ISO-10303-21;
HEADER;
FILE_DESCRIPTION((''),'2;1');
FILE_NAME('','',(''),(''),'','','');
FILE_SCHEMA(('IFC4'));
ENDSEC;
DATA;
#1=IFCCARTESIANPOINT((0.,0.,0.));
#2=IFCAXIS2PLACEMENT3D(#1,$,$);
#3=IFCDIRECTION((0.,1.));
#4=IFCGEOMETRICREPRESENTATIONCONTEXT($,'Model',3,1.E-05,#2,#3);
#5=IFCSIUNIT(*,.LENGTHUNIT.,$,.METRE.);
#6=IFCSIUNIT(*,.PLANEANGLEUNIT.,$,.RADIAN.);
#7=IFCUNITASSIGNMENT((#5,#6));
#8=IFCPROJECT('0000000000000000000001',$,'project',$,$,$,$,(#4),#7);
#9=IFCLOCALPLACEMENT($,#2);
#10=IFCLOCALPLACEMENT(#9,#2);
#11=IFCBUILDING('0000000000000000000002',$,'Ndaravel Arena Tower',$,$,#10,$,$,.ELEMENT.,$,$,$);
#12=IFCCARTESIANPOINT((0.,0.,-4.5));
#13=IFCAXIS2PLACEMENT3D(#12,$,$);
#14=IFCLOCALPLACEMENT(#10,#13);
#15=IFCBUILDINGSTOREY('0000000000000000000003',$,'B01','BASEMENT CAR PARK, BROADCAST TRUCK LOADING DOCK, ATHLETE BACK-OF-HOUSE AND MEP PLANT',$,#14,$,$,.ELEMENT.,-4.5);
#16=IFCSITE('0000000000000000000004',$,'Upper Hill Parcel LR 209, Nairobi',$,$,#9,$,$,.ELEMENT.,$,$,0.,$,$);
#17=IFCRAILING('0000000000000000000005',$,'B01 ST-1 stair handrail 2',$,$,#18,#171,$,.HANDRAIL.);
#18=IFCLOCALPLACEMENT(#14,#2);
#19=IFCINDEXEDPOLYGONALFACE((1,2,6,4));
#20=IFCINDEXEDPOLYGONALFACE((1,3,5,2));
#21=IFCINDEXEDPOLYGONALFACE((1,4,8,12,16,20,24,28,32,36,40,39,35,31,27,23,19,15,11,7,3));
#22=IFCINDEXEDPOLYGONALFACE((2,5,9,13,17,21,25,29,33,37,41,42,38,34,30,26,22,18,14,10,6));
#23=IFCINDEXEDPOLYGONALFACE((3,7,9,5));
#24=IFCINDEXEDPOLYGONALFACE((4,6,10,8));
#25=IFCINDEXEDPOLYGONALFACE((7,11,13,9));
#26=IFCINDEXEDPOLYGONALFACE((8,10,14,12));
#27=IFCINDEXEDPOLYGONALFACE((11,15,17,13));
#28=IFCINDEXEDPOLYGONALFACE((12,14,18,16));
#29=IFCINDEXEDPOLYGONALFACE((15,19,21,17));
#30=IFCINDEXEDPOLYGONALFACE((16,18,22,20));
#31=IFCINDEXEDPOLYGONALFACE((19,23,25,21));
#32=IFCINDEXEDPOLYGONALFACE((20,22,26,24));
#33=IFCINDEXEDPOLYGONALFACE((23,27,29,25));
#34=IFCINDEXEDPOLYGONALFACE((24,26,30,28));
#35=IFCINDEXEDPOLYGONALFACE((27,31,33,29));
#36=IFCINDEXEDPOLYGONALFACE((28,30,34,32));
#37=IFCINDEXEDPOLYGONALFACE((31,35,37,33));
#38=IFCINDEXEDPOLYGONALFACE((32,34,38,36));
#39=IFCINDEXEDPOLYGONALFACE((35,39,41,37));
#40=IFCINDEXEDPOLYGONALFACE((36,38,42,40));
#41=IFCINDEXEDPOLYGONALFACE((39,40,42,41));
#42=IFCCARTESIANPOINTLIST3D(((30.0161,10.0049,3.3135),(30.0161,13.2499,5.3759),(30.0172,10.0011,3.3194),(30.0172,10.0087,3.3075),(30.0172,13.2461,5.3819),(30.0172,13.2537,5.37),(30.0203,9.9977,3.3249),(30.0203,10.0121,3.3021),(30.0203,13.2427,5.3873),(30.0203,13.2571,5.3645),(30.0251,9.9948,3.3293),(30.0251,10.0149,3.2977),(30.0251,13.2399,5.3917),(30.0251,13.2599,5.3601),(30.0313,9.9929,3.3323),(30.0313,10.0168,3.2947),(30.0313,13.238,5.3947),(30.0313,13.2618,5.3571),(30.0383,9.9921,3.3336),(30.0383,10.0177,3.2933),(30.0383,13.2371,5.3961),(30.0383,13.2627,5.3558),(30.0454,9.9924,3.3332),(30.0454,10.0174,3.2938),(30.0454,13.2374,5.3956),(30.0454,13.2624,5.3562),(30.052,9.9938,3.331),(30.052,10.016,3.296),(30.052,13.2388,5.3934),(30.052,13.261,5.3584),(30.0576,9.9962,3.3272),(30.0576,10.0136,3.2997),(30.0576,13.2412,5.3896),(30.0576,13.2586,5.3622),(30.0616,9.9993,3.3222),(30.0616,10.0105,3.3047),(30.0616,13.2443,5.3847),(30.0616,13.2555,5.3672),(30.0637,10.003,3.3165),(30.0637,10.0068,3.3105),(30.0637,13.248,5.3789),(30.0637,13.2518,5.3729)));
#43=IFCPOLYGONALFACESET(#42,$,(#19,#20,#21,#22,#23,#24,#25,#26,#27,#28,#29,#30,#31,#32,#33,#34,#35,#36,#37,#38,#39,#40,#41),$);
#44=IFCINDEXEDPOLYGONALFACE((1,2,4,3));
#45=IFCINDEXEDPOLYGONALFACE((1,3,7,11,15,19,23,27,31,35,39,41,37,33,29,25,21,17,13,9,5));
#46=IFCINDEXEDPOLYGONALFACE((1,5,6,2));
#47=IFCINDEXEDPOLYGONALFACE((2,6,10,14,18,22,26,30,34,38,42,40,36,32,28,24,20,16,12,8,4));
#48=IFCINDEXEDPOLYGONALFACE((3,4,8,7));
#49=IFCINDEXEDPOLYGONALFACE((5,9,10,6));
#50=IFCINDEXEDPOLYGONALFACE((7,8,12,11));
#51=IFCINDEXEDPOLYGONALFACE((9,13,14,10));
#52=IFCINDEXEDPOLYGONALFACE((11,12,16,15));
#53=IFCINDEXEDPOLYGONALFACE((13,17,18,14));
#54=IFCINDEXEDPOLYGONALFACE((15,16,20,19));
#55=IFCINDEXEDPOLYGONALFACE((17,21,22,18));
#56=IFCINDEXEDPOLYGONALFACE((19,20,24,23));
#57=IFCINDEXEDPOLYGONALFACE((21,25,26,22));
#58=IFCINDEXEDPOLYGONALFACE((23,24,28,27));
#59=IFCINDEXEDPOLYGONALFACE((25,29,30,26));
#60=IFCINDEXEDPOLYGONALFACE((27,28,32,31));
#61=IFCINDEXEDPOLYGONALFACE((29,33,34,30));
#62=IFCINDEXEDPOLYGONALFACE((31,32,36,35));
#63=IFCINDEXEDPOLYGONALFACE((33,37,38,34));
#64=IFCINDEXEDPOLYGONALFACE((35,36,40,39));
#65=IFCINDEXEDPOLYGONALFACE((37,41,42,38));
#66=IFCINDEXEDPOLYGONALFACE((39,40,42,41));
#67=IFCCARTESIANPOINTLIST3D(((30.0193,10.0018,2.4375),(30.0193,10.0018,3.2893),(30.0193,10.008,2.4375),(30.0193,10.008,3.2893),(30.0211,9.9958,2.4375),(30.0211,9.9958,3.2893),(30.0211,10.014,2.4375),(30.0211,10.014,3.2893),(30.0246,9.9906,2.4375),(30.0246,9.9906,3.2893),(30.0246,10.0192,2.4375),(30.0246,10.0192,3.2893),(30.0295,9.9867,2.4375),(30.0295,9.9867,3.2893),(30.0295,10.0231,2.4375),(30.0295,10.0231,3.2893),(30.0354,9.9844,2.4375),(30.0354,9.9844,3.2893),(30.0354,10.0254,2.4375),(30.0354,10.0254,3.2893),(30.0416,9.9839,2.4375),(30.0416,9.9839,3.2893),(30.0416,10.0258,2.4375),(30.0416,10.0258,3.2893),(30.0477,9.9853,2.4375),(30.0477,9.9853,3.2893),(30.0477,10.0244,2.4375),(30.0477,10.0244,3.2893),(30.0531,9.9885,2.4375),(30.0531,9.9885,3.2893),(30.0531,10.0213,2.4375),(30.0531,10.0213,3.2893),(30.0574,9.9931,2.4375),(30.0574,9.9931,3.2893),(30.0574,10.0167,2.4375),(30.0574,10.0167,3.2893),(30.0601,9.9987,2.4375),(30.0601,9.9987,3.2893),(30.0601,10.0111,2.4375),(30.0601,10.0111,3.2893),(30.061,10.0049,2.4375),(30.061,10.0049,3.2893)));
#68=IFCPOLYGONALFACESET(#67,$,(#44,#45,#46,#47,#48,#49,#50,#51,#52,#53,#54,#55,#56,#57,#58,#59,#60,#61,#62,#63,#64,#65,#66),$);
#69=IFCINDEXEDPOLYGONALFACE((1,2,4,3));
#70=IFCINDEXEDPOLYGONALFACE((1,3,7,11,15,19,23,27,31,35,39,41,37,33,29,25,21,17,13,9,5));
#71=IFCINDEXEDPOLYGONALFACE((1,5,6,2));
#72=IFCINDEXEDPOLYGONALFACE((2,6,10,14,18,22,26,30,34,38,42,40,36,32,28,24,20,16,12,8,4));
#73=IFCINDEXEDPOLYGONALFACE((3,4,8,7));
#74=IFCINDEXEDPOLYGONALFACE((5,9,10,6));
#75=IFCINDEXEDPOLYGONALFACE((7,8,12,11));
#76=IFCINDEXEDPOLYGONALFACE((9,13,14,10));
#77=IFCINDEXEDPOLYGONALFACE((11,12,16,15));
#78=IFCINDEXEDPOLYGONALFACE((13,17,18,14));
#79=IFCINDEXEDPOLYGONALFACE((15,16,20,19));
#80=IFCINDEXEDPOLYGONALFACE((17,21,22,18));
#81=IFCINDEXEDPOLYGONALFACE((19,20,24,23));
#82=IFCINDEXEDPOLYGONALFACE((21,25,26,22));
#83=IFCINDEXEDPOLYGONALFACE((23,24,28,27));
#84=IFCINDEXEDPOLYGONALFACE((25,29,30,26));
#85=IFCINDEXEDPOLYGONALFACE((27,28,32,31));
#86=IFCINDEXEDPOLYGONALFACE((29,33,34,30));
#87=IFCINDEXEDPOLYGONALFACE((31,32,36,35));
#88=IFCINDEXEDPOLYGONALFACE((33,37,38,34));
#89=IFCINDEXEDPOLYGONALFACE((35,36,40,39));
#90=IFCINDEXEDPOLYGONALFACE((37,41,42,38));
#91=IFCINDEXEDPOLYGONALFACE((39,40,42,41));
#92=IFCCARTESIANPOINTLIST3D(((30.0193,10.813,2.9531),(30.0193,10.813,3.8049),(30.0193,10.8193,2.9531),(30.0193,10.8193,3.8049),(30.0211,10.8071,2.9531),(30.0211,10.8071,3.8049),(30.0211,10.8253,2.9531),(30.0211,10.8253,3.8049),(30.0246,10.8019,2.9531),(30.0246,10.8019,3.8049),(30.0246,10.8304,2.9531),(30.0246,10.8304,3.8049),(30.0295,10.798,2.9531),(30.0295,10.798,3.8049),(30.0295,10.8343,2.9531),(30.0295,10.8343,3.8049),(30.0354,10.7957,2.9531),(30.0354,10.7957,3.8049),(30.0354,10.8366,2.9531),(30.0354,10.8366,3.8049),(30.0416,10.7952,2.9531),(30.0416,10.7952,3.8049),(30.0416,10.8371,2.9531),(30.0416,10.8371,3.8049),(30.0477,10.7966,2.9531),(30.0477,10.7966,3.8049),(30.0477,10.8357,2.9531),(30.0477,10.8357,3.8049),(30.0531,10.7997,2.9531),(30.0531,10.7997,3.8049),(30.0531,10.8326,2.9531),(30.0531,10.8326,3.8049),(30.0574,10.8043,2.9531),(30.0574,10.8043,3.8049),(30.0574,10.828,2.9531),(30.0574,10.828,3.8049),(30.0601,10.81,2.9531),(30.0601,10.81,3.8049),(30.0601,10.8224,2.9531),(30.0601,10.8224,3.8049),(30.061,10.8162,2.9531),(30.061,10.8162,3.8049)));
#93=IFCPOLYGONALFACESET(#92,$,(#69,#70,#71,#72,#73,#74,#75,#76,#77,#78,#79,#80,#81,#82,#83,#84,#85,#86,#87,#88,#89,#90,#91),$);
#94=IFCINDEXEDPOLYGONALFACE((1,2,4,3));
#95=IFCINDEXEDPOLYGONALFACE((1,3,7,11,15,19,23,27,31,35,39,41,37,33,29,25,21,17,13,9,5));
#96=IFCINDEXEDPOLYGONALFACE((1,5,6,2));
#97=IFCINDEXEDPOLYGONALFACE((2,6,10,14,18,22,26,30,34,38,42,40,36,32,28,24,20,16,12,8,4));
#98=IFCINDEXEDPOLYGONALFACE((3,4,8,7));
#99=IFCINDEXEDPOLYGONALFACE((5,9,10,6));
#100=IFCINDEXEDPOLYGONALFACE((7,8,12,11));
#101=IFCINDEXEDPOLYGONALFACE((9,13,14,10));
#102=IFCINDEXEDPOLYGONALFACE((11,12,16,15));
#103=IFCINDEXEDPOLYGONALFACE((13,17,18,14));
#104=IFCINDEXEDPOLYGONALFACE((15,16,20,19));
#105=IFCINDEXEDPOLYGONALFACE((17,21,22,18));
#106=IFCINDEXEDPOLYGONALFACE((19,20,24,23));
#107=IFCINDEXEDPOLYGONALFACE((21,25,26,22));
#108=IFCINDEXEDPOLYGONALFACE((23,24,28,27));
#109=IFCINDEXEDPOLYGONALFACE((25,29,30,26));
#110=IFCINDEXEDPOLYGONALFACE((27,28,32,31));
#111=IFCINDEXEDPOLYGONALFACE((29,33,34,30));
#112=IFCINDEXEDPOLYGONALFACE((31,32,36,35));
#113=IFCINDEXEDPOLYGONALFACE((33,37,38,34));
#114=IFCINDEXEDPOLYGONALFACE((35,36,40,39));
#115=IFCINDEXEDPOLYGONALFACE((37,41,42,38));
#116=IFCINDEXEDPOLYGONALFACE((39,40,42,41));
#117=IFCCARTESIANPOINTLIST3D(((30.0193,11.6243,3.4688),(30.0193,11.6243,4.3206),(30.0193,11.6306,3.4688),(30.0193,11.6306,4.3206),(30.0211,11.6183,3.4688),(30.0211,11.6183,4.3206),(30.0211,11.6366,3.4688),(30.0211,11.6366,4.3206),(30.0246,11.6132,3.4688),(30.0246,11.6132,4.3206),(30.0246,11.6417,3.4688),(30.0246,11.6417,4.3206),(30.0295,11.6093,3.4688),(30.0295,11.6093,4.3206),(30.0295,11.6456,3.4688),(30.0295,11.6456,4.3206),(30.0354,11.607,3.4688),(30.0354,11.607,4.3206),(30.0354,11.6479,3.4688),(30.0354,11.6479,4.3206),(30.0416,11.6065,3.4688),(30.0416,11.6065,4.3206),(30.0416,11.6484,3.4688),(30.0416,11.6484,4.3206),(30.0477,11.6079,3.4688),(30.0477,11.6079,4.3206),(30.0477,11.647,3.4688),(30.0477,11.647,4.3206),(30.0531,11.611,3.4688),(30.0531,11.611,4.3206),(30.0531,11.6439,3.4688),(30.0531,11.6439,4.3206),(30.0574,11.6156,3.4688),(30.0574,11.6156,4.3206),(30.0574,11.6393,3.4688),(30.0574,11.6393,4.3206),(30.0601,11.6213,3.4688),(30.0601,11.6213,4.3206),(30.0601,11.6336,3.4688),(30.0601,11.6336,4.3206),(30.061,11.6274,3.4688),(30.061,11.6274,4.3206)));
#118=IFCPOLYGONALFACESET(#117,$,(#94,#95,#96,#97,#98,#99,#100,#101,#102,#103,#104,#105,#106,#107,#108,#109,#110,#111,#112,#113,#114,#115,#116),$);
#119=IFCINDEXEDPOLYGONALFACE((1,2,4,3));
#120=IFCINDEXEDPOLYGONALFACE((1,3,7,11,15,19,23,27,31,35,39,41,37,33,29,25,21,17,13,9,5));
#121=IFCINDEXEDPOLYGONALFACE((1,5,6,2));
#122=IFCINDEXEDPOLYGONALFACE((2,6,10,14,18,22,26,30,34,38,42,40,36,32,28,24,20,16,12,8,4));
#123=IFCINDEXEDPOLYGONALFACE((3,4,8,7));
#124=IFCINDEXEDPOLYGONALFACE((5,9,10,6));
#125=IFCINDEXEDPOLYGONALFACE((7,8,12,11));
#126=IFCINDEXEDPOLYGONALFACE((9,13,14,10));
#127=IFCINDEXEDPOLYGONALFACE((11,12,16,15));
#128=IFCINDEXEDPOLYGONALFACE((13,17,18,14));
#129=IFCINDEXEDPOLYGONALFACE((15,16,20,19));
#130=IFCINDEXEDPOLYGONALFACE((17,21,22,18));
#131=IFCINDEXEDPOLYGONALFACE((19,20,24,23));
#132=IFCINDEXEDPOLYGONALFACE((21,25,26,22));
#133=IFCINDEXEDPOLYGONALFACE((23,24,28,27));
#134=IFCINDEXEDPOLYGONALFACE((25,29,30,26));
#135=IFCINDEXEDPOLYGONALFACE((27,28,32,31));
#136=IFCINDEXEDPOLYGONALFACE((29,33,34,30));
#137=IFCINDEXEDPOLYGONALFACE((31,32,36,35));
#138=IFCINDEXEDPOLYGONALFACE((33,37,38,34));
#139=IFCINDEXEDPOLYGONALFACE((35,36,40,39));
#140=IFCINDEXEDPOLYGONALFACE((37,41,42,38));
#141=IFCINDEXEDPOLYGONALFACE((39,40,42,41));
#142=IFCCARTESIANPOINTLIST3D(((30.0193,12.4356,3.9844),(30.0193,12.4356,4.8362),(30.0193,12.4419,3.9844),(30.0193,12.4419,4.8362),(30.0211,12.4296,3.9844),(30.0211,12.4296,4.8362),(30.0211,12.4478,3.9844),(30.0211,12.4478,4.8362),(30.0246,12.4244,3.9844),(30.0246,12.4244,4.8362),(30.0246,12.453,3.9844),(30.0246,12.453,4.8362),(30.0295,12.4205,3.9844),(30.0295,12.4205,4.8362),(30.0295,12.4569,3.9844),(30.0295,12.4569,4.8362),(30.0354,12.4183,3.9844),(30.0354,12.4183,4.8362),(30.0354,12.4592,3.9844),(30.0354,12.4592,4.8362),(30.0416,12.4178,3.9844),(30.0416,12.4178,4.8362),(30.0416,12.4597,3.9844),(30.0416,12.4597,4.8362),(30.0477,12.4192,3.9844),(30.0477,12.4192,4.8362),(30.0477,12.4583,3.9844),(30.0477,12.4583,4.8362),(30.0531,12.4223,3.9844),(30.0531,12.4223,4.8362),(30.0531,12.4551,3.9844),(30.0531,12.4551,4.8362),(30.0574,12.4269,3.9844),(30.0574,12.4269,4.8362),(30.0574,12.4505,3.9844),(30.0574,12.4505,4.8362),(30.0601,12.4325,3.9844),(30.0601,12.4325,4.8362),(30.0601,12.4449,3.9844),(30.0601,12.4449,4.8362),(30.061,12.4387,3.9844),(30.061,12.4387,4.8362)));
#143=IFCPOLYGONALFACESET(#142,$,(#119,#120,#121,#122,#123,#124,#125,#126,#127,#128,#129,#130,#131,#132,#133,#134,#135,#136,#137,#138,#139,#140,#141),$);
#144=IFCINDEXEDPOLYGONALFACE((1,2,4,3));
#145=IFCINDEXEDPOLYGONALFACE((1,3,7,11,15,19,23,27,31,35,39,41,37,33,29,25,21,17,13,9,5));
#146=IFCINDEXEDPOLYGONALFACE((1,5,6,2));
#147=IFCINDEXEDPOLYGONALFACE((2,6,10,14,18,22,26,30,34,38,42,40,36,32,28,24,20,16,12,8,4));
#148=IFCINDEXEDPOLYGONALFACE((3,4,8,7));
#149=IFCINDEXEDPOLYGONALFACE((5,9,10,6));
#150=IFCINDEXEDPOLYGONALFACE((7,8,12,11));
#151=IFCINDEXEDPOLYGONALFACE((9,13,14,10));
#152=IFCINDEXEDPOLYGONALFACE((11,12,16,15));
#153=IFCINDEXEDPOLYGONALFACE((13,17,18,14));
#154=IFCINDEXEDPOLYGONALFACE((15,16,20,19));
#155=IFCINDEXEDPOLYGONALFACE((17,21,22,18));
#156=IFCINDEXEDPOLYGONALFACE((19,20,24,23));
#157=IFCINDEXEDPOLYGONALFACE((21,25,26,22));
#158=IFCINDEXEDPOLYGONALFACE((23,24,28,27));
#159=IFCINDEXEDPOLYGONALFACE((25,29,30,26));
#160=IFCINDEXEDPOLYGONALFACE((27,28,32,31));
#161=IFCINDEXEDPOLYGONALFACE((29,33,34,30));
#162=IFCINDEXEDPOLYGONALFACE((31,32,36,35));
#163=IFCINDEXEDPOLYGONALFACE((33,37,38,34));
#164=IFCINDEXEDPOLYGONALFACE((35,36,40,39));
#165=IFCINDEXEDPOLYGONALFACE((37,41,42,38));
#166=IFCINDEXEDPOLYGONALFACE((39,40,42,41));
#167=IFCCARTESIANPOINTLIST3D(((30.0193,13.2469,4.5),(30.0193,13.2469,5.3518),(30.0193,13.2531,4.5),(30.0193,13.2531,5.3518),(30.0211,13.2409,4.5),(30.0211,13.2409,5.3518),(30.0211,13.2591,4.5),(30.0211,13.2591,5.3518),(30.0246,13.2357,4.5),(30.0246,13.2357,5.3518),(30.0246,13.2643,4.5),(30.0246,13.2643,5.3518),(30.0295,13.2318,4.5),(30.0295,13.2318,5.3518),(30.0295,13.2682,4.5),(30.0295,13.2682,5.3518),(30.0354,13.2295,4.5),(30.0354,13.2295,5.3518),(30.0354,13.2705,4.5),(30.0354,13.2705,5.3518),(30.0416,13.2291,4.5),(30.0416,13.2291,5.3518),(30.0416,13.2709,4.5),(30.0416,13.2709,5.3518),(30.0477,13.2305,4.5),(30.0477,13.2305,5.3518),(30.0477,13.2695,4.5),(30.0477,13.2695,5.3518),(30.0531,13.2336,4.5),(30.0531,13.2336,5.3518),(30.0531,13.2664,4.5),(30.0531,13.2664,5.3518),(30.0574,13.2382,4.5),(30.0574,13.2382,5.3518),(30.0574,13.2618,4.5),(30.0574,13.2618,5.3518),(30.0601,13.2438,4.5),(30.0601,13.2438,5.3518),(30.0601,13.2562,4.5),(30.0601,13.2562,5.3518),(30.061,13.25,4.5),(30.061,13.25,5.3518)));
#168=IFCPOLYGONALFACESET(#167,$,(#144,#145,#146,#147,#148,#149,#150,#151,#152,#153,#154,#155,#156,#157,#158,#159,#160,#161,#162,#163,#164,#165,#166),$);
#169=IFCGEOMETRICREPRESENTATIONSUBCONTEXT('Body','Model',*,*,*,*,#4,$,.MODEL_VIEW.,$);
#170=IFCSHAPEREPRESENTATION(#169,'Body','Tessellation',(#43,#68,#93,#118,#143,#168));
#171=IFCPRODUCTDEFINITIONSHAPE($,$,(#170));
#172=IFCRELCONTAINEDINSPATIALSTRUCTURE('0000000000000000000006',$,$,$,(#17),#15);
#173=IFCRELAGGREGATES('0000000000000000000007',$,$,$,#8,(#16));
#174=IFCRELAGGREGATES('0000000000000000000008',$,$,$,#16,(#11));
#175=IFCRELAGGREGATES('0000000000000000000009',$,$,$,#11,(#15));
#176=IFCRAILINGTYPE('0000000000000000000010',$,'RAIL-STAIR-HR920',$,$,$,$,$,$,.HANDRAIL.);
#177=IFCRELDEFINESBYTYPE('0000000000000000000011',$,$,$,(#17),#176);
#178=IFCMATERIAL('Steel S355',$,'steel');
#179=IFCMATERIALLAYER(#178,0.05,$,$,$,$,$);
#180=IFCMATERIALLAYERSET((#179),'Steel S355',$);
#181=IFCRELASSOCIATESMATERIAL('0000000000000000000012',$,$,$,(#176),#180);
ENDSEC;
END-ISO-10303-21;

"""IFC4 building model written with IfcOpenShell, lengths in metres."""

from ifc_helpers import new_model, si_unit, direction, frame, origin, origin_2d, place, context, subcontext, project, spatial, circle, extrude, material, layer, layer_set, type_object, element, save


model = new_model("IFC4")

# Units and contexts
model_context = context("Model", 3, precision=1e-05, world=origin(), true_north=direction((0.0, 1.0)))
body_context = subcontext(model_context, "Body", "Model", "MODEL_VIEW")
ifc_project = project(units=[si_unit("LENGTHUNIT", "METRE"), si_unit("PLANEANGLEUNIT", "RADIAN")], contexts=[model_context])

# Site, building, storey
site_placement = place(None, origin())
site = spatial("IfcSite", under=ifc_project, at=site_placement, Name="Upper Hill Parcel LR 209, Nairobi", CompositionType="ELEMENT", RefElevation=0.0)
building_placement = place(site_placement, origin())
building = spatial("IfcBuilding", under=site, at=building_placement, Name="Ndaravel Arena Tower", CompositionType="ELEMENT")
storey_placement = place(building_placement, frame((0.0, 0.0, -4.5)))
storey = spatial("IfcBuildingStorey", under=building, at=storey_placement, Name="B01", Description="BASEMENT CAR PARK, BROADCAST TRUCK LOADING DOCK, ATHLETE BACK-OF-HOUSE AND MEP PLANT", CompositionType="ELEMENT", Elevation=-4.5)

# Railing
ifc_material_1 = material(Name="Steel S355", Category="steel")
ifc_layer_1 = layer(ifc_material_1, 0.05)
ifc_layer_set_1 = layer_set([ifc_layer_1], Name="Steel S355")
railing_type_1 = type_object("IfcRailingType", Name="RAIL-STAIR-HR920", PredefinedType="HANDRAIL", material=ifc_layer_set_1)
railing_1_placement = place(storey_placement, frame((30.04, 10.0049, 2.4375)))
element("IfcRailing", 1, at=railing_1_placement, inside=storey, type_object=railing_type_1, Name="B01 ST-1 stair handrail 2", PredefinedType="HANDRAIL", context=body_context, shape_type="SweptSolid", body=[
    extrude(circle(Radius=0.0239, at=origin_2d()), frame((0.0, 0.0, 0.876), z_axis=(0.0, 0.843965, 0.536399), x_axis=(-1.0, 0.0, 0.0)), (0.0, 0.0, 1.0), 3.845),
    extrude(circle(Radius=0.021, at=origin_2d()), origin(), (0.0, 0.0, 1.0), 0.8518),
    extrude(circle(Radius=0.021, at=origin_2d()), frame((0.0, 0.8113, 0.5156)), (0.0, 0.0, 1.0), 0.8518),
    extrude(circle(Radius=0.021, at=origin_2d()), frame((0.0, 1.6226, 1.0312)), (0.0, 0.0, 1.0), 0.8518),
    extrude(circle(Radius=0.021, at=origin_2d()), frame((0.0, 2.4338, 1.5469)), (0.0, 0.0, 1.0), 0.8518),
    extrude(circle(Radius=0.021, at=origin_2d()), frame((0.0, 3.2451, 2.0625)), (0.0, 0.0, 1.0), 0.8518),
])

save(model, "model.ifc")
